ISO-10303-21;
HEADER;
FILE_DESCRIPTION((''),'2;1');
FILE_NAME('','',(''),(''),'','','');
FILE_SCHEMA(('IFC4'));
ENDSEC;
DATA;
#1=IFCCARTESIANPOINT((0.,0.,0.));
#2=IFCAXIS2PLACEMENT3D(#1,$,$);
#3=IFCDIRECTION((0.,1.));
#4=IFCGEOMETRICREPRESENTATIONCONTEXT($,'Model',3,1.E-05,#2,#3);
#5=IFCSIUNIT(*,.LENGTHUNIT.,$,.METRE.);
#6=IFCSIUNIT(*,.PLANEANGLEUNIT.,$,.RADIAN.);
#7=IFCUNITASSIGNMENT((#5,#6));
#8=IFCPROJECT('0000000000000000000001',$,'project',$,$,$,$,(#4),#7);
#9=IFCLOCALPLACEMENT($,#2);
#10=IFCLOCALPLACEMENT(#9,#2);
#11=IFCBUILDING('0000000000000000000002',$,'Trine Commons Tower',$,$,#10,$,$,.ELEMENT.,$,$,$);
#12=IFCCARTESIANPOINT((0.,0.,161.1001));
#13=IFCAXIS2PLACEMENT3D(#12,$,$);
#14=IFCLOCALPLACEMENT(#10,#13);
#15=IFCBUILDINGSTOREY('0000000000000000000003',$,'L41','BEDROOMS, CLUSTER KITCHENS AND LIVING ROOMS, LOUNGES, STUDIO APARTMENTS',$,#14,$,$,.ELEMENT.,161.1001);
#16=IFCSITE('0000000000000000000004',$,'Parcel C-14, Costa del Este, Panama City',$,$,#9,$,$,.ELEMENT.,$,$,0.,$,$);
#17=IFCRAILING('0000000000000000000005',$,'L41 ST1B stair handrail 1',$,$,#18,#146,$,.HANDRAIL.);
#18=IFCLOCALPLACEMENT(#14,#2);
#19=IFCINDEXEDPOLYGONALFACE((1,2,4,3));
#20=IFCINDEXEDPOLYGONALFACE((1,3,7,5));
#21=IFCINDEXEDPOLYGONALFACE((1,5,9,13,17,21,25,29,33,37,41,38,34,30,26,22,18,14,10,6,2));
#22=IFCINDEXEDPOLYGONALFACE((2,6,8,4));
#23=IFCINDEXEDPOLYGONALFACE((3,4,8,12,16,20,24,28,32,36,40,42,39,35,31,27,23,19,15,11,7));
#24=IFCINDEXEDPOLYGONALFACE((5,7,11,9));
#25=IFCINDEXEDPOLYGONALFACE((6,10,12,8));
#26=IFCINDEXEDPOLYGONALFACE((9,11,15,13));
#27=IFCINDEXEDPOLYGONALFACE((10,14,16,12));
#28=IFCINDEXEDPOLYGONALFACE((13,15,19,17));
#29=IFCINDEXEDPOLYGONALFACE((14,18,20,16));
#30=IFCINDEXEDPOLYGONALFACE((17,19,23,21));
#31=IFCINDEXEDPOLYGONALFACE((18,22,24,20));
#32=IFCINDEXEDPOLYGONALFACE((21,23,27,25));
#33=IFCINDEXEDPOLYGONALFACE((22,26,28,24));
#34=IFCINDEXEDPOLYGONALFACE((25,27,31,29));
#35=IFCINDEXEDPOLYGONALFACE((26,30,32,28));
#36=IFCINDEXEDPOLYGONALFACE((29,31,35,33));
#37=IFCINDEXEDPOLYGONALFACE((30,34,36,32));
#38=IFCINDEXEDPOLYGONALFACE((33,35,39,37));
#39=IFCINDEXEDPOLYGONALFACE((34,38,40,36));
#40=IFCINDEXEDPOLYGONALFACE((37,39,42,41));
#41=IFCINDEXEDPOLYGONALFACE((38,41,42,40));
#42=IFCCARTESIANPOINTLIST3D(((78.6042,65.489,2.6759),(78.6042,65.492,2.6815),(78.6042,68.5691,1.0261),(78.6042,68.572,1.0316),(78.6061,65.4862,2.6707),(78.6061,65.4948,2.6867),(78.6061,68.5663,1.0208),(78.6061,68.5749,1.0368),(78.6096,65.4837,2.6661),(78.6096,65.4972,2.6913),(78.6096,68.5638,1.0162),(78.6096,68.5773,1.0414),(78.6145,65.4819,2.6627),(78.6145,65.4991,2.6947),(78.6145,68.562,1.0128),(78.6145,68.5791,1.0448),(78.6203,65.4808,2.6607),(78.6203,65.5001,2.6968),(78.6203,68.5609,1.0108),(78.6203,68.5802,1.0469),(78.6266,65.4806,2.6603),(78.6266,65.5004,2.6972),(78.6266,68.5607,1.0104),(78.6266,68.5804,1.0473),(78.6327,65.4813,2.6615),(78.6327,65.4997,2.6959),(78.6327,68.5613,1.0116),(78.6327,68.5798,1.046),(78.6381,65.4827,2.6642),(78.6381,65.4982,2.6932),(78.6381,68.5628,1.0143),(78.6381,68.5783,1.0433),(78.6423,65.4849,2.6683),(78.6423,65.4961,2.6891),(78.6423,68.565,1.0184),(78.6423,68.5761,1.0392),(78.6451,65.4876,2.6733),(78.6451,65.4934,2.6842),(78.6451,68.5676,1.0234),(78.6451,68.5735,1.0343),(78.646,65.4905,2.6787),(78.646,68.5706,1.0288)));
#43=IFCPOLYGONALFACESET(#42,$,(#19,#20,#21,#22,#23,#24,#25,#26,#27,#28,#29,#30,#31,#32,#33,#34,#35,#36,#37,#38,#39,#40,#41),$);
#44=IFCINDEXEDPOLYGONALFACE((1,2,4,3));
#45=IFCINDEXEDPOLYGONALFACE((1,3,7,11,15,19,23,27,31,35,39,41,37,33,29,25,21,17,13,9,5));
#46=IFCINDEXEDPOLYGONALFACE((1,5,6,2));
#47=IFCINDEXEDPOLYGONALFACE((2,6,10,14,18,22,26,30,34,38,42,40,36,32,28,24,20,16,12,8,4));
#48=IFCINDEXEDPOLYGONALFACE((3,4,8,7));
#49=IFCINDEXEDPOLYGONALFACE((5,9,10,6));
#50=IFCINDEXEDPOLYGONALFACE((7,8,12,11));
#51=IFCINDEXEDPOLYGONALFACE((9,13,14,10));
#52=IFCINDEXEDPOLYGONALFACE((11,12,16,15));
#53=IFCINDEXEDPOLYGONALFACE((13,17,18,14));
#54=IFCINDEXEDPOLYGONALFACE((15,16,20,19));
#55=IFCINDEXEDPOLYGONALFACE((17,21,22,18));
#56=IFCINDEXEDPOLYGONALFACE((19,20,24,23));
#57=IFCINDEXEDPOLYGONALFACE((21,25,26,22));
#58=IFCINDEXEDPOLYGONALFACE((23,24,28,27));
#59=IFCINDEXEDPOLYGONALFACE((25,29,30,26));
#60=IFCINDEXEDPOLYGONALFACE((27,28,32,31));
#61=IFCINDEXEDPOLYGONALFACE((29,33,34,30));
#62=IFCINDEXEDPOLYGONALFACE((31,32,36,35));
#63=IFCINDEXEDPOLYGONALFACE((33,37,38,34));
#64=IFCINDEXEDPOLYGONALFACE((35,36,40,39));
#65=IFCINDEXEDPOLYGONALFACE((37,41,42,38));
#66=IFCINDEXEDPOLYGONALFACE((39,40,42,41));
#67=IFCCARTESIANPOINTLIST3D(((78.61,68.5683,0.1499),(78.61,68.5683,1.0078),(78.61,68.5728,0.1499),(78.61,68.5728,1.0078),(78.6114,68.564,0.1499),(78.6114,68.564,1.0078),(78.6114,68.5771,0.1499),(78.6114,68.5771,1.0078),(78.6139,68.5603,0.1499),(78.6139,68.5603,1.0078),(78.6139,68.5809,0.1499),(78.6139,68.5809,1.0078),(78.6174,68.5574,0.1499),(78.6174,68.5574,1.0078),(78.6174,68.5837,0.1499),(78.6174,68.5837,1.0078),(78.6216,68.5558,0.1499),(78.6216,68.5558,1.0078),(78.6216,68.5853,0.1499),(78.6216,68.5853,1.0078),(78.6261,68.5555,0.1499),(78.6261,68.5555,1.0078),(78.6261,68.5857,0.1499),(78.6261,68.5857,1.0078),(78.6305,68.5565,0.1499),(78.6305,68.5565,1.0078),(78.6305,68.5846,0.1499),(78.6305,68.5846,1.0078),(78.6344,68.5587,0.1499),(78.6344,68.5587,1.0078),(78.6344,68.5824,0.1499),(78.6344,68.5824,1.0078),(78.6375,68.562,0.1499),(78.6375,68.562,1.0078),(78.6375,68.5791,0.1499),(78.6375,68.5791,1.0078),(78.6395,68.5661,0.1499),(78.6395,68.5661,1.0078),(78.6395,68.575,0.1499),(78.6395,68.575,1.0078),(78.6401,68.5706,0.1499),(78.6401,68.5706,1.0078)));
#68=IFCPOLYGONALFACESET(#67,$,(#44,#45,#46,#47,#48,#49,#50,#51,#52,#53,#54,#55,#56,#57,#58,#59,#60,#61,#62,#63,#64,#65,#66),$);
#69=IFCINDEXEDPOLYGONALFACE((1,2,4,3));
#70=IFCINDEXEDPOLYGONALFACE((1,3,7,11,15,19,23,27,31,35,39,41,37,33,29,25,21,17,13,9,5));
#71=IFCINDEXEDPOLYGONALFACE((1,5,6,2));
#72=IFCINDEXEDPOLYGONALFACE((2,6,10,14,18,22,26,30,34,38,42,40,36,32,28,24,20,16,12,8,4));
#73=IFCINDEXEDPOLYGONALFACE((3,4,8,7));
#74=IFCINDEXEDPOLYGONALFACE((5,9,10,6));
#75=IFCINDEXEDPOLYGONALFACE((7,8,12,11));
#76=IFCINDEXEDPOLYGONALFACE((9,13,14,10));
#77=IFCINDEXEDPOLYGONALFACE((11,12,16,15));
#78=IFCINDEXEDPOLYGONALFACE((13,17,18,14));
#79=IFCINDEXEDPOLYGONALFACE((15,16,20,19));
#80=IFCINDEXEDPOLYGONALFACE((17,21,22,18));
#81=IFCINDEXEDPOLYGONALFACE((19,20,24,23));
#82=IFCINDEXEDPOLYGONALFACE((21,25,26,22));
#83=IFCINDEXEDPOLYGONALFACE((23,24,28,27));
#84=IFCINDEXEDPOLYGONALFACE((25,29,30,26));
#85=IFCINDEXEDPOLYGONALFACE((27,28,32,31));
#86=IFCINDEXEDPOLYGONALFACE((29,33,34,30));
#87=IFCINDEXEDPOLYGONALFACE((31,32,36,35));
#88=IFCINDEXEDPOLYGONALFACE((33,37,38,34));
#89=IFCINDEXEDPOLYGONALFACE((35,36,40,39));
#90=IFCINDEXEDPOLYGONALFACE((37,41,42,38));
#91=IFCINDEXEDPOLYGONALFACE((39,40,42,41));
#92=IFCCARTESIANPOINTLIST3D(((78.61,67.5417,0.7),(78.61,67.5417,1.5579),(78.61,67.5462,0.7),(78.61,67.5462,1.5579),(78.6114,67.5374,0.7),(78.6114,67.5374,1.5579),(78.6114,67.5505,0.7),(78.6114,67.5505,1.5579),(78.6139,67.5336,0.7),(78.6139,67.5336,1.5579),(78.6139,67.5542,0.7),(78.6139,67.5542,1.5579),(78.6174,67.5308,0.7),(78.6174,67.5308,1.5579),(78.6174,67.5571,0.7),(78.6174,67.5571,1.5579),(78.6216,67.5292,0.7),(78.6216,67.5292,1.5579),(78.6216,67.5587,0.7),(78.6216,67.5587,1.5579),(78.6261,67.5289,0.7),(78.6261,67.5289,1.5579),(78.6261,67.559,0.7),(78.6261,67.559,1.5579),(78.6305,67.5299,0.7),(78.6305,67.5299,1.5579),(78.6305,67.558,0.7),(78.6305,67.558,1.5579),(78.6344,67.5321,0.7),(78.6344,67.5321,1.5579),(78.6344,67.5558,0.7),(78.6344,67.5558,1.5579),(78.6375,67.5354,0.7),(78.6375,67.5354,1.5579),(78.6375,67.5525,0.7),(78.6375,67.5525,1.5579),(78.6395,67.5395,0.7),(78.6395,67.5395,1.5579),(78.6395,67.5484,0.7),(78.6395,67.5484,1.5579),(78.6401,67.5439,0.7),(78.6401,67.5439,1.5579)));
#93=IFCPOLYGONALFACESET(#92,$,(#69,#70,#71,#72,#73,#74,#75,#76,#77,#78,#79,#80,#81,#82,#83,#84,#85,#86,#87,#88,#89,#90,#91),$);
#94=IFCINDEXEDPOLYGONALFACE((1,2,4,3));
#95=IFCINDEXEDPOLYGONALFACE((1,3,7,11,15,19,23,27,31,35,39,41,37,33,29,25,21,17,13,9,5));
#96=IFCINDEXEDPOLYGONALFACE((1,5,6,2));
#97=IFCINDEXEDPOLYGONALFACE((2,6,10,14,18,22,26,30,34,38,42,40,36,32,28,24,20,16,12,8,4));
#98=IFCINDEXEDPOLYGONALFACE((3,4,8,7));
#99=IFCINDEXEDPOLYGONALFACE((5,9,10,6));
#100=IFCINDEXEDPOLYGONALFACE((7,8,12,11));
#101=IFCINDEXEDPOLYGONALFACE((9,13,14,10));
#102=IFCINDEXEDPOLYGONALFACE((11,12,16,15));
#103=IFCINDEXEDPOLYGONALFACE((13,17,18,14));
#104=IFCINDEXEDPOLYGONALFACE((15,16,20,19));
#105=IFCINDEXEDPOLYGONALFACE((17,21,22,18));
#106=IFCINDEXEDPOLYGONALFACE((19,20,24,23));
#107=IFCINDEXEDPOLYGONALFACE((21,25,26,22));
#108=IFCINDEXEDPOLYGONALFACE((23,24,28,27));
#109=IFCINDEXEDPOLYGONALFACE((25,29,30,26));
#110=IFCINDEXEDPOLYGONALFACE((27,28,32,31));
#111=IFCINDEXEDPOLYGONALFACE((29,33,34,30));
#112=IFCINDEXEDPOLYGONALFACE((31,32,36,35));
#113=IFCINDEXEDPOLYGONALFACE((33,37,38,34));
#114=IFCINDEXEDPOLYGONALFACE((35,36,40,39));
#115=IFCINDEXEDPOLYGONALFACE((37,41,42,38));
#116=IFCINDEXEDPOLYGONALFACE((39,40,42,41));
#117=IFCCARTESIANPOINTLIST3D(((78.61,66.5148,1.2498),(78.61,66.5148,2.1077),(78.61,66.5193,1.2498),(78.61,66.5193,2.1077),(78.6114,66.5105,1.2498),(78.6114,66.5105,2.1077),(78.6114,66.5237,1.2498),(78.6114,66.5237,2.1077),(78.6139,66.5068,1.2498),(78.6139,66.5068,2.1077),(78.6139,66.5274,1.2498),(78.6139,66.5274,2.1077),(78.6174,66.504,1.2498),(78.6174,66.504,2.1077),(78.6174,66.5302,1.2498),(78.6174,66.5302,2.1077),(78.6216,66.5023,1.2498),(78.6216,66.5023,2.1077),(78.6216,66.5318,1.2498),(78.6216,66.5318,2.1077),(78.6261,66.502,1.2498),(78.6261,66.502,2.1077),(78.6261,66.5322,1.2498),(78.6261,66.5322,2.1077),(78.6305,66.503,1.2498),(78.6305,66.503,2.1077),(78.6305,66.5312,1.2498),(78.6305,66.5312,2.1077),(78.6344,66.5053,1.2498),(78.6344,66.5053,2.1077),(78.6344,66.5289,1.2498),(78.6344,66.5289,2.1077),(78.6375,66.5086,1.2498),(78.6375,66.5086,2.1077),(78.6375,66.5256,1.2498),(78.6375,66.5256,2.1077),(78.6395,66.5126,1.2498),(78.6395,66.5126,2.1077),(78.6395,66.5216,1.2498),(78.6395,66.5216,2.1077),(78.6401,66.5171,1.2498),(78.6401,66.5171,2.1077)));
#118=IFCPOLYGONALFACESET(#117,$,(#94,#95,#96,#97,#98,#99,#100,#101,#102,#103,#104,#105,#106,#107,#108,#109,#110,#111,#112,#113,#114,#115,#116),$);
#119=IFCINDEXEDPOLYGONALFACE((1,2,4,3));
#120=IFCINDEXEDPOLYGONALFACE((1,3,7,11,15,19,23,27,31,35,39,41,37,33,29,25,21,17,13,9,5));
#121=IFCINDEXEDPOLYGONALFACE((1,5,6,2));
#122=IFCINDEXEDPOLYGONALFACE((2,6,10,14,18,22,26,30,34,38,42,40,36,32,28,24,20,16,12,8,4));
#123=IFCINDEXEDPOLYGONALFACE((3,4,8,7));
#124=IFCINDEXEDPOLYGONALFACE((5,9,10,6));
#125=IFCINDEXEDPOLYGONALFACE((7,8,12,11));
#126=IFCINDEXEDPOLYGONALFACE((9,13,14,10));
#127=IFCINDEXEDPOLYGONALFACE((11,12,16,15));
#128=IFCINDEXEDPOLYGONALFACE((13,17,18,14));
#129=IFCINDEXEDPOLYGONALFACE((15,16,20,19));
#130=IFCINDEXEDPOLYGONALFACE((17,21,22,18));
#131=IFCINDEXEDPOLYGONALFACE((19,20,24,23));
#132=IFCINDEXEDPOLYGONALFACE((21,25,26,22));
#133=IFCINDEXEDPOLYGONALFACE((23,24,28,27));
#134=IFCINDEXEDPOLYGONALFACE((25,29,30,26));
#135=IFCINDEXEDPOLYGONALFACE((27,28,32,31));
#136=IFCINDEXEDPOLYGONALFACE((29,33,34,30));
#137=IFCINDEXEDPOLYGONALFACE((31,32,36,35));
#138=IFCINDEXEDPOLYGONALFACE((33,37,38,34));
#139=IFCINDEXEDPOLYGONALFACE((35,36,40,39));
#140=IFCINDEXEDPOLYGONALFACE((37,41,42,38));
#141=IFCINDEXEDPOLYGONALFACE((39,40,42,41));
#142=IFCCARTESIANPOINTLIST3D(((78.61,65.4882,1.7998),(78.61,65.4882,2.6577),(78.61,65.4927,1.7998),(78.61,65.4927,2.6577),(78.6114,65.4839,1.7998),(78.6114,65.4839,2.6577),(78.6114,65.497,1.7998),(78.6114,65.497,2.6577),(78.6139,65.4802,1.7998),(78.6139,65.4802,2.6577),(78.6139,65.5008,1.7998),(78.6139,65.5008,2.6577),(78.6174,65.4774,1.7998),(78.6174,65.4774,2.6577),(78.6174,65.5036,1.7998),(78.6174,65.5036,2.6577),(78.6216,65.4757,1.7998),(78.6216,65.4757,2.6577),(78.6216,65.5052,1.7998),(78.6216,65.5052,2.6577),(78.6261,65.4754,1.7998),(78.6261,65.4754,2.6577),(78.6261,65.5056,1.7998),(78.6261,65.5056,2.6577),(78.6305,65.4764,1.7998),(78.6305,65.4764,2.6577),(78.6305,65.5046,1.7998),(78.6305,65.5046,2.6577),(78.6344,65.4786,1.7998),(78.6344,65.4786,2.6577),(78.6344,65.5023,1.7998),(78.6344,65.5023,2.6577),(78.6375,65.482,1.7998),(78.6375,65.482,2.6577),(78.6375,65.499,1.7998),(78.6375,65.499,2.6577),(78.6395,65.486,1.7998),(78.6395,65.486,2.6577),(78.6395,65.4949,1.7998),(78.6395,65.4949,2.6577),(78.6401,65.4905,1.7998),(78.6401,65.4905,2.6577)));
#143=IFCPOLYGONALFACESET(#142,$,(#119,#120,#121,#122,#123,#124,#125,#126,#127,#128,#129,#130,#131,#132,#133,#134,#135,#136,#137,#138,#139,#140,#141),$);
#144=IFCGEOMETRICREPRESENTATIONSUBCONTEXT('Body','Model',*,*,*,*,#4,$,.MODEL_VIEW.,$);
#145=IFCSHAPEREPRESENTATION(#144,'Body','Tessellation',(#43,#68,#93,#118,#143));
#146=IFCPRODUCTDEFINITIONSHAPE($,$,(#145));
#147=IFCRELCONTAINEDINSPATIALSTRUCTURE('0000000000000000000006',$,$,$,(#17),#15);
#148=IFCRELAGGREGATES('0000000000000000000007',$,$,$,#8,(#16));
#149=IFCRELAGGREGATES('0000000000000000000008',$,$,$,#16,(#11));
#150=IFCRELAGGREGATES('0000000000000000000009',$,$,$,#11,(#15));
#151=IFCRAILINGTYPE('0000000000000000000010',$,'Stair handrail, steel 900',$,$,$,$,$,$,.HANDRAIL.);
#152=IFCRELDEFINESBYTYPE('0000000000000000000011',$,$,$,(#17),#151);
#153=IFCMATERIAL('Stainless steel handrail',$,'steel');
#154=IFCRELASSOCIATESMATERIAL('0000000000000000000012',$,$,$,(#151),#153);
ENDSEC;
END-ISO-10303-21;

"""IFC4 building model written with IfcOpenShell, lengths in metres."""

from ifc_helpers import new_model, si_unit, direction, frame, origin, origin_2d, place, context, subcontext, project, spatial, circle, extrude, material, type_object, element, save


model = new_model("IFC4")

# Units and contexts
model_context = context("Model", 3, precision=1e-05, world=origin(), true_north=direction((0.0, 1.0)))
body_context = subcontext(model_context, "Body", "Model", "MODEL_VIEW")
ifc_project = project(units=[si_unit("LENGTHUNIT", "METRE"), si_unit("PLANEANGLEUNIT", "RADIAN")], contexts=[model_context])

# Site, building, storey
site_placement = place(None, origin())
site = spatial("IfcSite", under=ifc_project, at=site_placement, Name="Parcel C-14, Costa del Este, Panama City", CompositionType="ELEMENT", RefElevation=0.0)
building_placement = place(site_placement, origin())
building = spatial("IfcBuilding", under=site, at=building_placement, Name="Trine Commons Tower", CompositionType="ELEMENT")
storey_placement = place(building_placement, frame((0.0, 0.0, 161.1001)))
storey = spatial("IfcBuildingStorey", under=building, at=storey_placement, Name="L41", Description="BEDROOMS, CLUSTER KITCHENS AND LIVING ROOMS, LOUNGES, STUDIO APARTMENTS", CompositionType="ELEMENT", Elevation=161.1001)

# Railing
ifc_material_1 = material(Name="Stainless steel handrail", Category="steel")
railing_type_1 = type_object("IfcRailingType", Name="Stair handrail, steel 900", PredefinedType="HANDRAIL", material=ifc_material_1)
railing_1_placement = place(storey_placement, frame((78.625, 68.5706, 0.1499)))
element("IfcRailing", 1, at=railing_1_placement, inside=storey, type_object=railing_type_1, Name="L41 ST1B stair handrail 1", PredefinedType="HANDRAIL", context=body_context, shape_type="SweptSolid", body=[
    extrude(circle(Radius=0.021, at=origin_2d()), frame((0.0, 0.0, 0.8789), z_axis=(0.0, -0.881497, 0.47219), x_axis=(1.0, 0.0, 0.0)), (0.0, 0.0, 1.0), 3.4941),
    extrude(circle(Radius=0.0151, at=origin_2d()), origin(), (0.0, 0.0, 1.0), 0.8579),
    extrude(circle(Radius=0.0151, at=origin_2d()), frame((0.0, -1.0266, 0.55)), (0.0, 0.0, 1.0), 0.8579),
    extrude(circle(Radius=0.0151, at=origin_2d()), frame((0.0, -2.0535, 1.0999)), (0.0, 0.0, 1.0), 0.8579),
    extrude(circle(Radius=0.0151, at=origin_2d()), frame((0.0, -3.0801, 1.6499)), (0.0, 0.0, 1.0), 0.8579),
])

save(model, "model.ifc")
